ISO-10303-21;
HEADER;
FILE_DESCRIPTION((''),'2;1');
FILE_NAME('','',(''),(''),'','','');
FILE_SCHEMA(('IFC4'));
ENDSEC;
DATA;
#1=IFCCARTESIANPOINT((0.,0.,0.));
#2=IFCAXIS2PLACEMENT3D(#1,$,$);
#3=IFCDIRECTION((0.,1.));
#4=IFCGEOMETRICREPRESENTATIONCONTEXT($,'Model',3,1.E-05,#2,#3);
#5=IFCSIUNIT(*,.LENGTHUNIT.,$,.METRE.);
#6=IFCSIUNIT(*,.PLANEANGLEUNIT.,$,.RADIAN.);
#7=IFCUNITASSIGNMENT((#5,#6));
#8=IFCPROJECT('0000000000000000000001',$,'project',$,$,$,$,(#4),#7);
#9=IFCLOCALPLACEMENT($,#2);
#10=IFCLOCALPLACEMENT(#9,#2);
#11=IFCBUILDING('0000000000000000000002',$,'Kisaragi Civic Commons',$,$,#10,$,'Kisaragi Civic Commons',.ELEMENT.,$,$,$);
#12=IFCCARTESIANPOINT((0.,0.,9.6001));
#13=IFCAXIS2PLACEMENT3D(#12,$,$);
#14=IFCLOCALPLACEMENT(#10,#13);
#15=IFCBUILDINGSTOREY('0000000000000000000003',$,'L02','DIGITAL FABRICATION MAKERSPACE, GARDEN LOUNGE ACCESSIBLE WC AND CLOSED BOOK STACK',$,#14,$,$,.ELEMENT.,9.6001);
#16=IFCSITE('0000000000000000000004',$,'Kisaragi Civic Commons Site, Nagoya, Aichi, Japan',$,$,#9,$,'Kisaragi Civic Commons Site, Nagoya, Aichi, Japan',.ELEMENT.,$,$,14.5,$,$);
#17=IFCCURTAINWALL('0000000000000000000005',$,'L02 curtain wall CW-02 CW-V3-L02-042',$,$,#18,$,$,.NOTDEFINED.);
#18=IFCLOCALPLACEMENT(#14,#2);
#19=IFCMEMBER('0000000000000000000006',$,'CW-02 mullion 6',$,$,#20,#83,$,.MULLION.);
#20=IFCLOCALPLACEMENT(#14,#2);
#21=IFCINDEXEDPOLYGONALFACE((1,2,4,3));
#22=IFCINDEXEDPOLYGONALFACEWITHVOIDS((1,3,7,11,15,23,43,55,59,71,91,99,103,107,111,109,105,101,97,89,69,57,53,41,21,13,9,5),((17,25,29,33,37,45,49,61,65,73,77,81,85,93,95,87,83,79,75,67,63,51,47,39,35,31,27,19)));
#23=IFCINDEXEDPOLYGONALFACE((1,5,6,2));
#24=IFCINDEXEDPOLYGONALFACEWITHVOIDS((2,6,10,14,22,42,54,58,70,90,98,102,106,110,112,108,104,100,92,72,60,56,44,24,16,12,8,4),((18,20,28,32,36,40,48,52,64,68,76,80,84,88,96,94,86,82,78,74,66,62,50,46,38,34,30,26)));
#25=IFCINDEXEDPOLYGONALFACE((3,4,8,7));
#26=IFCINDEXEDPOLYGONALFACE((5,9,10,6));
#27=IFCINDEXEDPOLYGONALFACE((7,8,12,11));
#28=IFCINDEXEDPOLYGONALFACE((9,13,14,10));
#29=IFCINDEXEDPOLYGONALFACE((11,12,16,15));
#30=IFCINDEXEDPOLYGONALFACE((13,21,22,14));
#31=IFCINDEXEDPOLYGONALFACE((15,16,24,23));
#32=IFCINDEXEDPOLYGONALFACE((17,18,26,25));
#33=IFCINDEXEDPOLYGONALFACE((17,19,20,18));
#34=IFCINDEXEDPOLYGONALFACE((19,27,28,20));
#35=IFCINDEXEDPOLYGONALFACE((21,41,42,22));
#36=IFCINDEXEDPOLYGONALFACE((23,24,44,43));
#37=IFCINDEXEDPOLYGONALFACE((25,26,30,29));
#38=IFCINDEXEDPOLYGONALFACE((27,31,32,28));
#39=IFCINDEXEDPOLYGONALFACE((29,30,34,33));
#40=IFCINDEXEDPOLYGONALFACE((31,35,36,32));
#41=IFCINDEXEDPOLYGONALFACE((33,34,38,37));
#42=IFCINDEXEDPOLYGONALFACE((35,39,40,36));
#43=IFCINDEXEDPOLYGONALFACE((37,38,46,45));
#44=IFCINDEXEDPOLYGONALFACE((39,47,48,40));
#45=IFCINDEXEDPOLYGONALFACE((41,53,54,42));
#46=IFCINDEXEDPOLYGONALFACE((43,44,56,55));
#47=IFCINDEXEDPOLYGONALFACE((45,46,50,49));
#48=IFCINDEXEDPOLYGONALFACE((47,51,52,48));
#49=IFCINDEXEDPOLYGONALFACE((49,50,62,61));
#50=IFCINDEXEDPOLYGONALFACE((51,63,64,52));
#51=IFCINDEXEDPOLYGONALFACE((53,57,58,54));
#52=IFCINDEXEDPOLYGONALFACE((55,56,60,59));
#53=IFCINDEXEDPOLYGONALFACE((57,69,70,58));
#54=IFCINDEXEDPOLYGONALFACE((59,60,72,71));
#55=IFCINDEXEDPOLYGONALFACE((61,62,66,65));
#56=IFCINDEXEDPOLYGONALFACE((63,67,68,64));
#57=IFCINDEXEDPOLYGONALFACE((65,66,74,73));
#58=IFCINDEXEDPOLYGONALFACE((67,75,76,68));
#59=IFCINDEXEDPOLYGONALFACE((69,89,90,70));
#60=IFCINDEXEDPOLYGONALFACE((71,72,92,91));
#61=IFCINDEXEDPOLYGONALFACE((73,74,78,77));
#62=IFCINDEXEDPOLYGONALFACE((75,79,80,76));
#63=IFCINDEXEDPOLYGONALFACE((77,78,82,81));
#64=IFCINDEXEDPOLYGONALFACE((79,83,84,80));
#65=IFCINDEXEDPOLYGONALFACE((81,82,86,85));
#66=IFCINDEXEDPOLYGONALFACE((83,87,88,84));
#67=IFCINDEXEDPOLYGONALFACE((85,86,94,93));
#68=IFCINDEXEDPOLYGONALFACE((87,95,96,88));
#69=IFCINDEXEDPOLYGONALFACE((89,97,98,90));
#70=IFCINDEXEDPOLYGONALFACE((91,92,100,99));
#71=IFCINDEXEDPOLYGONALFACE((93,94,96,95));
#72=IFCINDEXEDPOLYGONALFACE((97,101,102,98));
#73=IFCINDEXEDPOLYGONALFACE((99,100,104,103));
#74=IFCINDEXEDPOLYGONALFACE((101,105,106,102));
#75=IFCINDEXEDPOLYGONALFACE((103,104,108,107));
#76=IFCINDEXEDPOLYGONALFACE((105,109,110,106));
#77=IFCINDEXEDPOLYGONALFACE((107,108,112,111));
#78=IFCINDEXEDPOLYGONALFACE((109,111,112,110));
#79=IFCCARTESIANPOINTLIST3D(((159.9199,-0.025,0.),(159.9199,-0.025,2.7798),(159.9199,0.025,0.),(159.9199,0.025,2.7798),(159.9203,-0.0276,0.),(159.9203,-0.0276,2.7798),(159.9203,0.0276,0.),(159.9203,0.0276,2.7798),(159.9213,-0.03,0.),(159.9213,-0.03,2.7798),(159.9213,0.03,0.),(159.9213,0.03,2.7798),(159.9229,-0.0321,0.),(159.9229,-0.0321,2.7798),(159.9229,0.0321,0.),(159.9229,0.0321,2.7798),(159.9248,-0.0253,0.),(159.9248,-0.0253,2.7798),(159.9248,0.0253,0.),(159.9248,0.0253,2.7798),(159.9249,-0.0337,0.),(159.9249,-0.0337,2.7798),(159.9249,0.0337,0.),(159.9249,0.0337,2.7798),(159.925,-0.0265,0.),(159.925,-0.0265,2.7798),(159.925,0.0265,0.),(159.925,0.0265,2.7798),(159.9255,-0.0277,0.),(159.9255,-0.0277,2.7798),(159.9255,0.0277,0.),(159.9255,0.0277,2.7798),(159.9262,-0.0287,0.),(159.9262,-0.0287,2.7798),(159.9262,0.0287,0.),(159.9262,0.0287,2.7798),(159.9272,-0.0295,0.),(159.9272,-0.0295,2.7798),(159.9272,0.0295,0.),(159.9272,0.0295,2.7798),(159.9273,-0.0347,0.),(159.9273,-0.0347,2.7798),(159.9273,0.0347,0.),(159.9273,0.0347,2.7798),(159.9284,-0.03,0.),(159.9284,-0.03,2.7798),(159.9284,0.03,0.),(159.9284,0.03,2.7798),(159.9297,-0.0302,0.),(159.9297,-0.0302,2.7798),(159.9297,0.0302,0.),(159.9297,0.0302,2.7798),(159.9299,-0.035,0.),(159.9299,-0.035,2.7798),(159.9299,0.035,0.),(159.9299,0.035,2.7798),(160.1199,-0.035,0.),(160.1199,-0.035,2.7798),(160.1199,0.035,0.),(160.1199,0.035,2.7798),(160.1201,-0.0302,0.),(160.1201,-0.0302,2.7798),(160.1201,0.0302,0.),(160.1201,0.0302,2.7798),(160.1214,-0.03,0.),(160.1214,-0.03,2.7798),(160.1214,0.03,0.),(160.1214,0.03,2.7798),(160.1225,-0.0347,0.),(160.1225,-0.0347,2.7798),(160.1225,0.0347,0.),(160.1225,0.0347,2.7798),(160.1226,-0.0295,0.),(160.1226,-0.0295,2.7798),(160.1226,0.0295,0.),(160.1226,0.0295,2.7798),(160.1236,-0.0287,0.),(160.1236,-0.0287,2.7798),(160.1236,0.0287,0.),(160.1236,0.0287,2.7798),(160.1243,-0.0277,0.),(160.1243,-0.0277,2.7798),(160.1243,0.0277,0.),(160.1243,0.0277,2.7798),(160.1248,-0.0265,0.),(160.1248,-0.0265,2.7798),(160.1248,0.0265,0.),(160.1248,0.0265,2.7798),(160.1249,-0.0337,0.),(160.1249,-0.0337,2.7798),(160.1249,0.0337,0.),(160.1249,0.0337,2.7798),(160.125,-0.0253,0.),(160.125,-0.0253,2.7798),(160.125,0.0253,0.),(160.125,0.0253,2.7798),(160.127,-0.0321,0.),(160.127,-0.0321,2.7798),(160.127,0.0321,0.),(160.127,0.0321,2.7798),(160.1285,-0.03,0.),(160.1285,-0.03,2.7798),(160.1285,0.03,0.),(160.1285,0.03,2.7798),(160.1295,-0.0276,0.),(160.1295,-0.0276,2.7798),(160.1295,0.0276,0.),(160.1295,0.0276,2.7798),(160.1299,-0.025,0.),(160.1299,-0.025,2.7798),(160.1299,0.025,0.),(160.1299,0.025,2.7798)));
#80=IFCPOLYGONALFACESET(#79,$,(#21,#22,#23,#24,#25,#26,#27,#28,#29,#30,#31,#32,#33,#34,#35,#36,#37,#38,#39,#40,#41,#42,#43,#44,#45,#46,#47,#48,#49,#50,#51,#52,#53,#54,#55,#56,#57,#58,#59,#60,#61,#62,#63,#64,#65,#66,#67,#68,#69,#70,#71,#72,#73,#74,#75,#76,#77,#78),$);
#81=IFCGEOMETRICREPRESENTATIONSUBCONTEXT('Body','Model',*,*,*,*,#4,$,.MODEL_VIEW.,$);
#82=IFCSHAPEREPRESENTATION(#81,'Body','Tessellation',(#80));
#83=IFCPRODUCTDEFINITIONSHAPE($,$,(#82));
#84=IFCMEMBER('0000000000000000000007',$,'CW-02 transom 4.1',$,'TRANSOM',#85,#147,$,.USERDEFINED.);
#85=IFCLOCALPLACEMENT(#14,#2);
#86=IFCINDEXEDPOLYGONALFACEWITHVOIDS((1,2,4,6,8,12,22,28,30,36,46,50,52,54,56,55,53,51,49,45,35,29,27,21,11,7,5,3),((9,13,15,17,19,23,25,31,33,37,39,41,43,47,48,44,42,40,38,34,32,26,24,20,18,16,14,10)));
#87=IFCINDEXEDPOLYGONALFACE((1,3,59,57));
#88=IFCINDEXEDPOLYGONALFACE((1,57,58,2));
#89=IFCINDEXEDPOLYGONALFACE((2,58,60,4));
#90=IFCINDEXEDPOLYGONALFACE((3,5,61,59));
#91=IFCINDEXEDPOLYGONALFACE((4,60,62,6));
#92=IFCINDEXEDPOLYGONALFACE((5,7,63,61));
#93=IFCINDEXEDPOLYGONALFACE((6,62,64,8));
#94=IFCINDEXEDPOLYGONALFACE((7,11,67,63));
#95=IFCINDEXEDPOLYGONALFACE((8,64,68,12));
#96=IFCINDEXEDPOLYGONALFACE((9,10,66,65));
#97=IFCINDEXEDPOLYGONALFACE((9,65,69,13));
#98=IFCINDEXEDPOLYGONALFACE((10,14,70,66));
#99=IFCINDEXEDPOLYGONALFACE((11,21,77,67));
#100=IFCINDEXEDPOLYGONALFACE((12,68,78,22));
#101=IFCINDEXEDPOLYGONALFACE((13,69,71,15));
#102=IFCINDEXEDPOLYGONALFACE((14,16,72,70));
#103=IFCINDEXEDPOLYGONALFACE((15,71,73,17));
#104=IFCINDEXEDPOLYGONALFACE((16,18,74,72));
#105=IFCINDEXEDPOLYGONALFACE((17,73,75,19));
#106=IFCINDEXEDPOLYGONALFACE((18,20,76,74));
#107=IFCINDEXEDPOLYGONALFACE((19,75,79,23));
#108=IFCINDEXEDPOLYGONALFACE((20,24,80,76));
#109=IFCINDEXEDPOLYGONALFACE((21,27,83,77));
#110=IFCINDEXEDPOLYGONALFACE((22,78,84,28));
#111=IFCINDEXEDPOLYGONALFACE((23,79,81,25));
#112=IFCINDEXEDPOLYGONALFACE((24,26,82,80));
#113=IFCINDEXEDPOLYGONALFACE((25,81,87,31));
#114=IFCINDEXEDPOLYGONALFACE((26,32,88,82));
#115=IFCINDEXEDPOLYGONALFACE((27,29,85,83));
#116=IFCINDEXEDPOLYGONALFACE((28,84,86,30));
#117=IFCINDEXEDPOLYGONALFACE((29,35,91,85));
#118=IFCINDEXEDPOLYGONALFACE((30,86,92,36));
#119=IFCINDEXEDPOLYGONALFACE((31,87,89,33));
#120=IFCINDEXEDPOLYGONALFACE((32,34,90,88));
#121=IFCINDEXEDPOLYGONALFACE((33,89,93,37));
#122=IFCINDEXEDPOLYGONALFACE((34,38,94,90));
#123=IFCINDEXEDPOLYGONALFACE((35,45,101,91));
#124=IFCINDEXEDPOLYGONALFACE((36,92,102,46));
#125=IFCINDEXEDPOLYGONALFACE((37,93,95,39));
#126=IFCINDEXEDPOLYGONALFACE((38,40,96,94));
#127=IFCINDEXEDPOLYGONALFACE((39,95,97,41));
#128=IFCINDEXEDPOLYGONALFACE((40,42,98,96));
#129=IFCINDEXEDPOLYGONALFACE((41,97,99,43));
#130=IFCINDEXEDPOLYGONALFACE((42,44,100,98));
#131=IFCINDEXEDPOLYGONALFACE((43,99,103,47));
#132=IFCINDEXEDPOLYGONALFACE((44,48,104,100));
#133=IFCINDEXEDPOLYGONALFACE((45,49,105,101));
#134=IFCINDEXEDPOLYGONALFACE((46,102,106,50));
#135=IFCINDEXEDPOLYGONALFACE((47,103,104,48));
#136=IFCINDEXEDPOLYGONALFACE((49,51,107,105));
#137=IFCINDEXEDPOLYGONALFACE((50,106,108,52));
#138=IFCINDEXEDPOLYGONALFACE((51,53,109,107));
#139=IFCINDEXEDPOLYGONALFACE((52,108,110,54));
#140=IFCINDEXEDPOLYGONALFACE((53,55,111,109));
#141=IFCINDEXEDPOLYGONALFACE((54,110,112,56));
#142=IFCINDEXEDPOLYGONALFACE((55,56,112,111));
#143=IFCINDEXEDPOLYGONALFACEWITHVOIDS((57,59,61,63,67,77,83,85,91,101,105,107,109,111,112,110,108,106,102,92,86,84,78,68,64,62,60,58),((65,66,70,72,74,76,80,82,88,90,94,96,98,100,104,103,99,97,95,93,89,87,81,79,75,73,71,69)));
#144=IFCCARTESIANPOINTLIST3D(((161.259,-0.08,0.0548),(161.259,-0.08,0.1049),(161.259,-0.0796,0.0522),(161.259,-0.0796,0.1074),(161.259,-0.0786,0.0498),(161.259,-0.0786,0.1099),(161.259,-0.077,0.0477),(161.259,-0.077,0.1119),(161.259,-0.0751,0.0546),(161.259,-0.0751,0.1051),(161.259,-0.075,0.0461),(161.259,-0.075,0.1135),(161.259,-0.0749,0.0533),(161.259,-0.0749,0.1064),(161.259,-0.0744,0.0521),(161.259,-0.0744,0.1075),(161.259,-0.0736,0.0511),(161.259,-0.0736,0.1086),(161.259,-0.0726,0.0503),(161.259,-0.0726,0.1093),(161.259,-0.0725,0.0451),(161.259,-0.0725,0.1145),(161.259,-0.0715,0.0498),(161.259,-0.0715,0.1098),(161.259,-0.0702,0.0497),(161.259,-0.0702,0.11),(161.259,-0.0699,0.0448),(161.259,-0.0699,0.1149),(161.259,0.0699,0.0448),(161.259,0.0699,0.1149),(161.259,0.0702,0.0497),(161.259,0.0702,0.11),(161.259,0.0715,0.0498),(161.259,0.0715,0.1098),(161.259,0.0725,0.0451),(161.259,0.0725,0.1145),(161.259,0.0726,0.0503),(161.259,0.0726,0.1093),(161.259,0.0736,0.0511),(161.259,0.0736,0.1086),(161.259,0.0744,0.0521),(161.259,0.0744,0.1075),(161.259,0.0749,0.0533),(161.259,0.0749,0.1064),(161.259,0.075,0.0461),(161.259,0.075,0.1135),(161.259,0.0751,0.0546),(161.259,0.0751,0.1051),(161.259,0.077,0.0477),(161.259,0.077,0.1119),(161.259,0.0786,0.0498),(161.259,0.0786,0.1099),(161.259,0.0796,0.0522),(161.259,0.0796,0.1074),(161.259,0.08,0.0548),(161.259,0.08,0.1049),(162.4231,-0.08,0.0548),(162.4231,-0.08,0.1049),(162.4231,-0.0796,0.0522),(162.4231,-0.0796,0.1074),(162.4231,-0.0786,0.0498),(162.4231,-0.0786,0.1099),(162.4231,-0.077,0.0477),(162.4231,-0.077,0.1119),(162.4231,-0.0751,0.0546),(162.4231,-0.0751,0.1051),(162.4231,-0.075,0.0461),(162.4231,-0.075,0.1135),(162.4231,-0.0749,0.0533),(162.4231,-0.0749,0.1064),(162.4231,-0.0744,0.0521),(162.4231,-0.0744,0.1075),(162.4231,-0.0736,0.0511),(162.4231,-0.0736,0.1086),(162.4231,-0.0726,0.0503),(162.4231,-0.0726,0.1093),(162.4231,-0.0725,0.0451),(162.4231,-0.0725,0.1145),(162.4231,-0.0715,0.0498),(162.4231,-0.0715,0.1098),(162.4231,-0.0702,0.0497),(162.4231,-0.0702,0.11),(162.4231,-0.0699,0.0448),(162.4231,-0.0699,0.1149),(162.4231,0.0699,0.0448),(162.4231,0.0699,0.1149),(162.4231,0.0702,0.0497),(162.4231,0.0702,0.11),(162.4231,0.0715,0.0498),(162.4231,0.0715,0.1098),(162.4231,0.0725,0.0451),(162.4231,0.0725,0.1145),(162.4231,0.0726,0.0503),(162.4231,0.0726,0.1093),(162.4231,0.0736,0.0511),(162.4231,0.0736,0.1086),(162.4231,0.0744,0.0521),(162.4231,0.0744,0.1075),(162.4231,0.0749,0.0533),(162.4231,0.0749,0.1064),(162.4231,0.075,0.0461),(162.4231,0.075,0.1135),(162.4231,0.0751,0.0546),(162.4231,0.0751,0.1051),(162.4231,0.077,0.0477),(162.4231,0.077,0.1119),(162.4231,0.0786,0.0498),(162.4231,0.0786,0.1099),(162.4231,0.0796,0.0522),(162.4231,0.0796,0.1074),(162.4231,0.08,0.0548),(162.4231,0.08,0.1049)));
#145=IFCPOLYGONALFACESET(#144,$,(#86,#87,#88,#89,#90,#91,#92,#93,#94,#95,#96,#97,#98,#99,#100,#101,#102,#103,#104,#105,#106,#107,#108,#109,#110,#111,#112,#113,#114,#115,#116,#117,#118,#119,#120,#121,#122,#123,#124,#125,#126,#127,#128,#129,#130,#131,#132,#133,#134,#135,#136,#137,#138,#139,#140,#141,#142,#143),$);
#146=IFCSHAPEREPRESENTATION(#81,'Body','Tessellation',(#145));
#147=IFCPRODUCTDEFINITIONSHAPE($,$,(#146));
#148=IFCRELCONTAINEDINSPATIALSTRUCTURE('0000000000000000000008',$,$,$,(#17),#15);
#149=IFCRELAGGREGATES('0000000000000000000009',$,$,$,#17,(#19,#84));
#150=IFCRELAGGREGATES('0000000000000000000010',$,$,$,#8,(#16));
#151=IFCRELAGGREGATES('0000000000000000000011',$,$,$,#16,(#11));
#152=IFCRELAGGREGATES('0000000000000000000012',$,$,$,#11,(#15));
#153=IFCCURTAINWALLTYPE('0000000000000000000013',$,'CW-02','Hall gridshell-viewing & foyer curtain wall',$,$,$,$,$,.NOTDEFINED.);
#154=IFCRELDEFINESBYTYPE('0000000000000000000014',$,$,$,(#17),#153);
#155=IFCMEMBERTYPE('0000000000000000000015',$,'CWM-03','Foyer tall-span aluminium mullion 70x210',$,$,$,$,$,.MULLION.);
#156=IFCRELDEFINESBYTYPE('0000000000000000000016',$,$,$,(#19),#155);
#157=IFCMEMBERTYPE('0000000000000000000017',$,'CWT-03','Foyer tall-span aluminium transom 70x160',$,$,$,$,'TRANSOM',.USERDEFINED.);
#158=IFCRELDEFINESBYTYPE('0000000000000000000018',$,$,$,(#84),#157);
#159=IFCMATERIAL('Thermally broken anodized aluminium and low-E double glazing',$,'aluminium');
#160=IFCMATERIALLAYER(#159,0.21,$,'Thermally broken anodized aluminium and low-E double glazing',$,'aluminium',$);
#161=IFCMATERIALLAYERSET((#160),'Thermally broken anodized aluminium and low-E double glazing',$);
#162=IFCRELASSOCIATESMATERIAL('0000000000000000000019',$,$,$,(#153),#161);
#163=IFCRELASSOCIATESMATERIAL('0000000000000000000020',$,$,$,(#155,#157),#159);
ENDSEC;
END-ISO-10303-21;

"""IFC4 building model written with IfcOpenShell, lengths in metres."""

from ifc_helpers import new_model, si_unit, direction, frame, origin, origin_2d, place, context, subcontext, project, spatial, hollow_rectangle, extrude, material, layer, layer_set, material_profile, profile_set, type_object, element, aggregate, save


model = new_model("IFC4")

# Units and contexts
model_context = context("Model", 3, precision=1e-05, world=origin(), true_north=direction((0.0, 1.0)))
body_context = subcontext(model_context, "Body", "Model", "MODEL_VIEW")
ifc_project = project(units=[si_unit("LENGTHUNIT", "METRE"), si_unit("PLANEANGLEUNIT", "RADIAN")], contexts=[model_context])

# Site, building, storey
site_placement = place(None, origin())
site = spatial("IfcSite", under=ifc_project, at=site_placement, Name="Kisaragi Civic Commons Site, Nagoya, Aichi, Japan", LongName="Kisaragi Civic Commons Site, Nagoya, Aichi, Japan", CompositionType="ELEMENT", RefElevation=14.5)
building_placement = place(site_placement, origin())
building = spatial("IfcBuilding", under=site, at=building_placement, Name="Kisaragi Civic Commons", LongName="Kisaragi Civic Commons", CompositionType="ELEMENT")
storey_placement = place(building_placement, frame((0.0, 0.0, 9.6001)))
storey = spatial("IfcBuildingStorey", under=building, at=storey_placement, Name="L02", Description="DIGITAL FABRICATION MAKERSPACE, GARDEN LOUNGE ACCESSIBLE WC AND CLOSED BOOK STACK", CompositionType="ELEMENT", Elevation=9.6001)

# Curtain wall, members
ifc_material_1 = material(Name="Thermally broken anodized aluminium and low-E double glazing", Category="aluminium")
ifc_layer_1 = layer(ifc_material_1, 0.21, Name="Thermally broken anodized aluminium and low-E double glazing", Category="aluminium")
ifc_layer_set_1 = layer_set([ifc_layer_1], Name="Thermally broken anodized aluminium and low-E double glazing")
curtain_wall_type = type_object("IfcCurtainWallType", Name="CW-02", Description="Hall gridshell-viewing & foyer curtain wall", PredefinedType="NOTDEFINED", material=ifc_layer_set_1)
curtain_wall_placement = place(storey_placement, origin())
curtain_wall = element("IfcCurtainWall", 1, at=curtain_wall_placement, inside=storey, type_object=curtain_wall_type, Name="L02 curtain wall CW-02 CW-V3-L02-042", PredefinedType="NOTDEFINED")
ifc_material_profile_1 = material_profile(ifc_material_1, hollow_rectangle(XDim=0.0701, YDim=0.21, WallThickness=0.0049, InnerFilletRadius=0.0049, OuterFilletRadius=0.01, at=origin_2d()), Name="CWM-70x210x5", Category="aluminium")
ifc_profile_set_1 = profile_set([ifc_material_profile_1], Name="Thermally broken anodized aluminium and low-E double glazing")
member_type_1 = type_object("IfcMemberType", Name="CWM-03", Description="Foyer tall-span aluminium mullion 70x210", PredefinedType="MULLION", material=ifc_profile_set_1)
member_1_placement = place(storey_placement, frame((160.0249, 0.0, 0.0), z_axis=(0.0, 0.0, 1.0), x_axis=(0.0, -1.0, 0.0)))
member_1 = element("IfcMember", 2, at=member_1_placement, type_object=member_type_1, Name="CW-02 mullion 6", PredefinedType="MULLION", context=body_context, shape_type="SweptSolid", body=[
    extrude(hollow_rectangle(XDim=0.0701, YDim=0.21, WallThickness=0.0049, InnerFilletRadius=0.0049, OuterFilletRadius=0.01, at=origin_2d()), origin(), (0.0, 0.0, 1.0), 2.7798),
])
ifc_material_profile_2 = material_profile(ifc_material_1, hollow_rectangle(XDim=0.1599, YDim=0.0701, WallThickness=0.0049, InnerFilletRadius=0.0049, OuterFilletRadius=0.01, at=origin_2d()), Name="CWT-70x160x5", Category="aluminium")
ifc_profile_set_2 = profile_set([ifc_material_profile_2], Name="Thermally broken anodized aluminium and low-E double glazing")
member_type_2 = type_object("IfcMemberType", Name="CWT-03", Description="Foyer tall-span aluminium transom 70x160", ElementType="TRANSOM", PredefinedType="USERDEFINED", material=ifc_profile_set_2)
member_2_placement = place(storey_placement, frame((162.4231, 0.0, 0.0798), z_axis=(-1.0, 0.0, 0.0), x_axis=(0.0, -1.0, 0.0)))
member_2 = element("IfcMember", 3, at=member_2_placement, type_object=member_type_2, Name="CW-02 transom 4.1", ObjectType="TRANSOM", PredefinedType="USERDEFINED", context=body_context, shape_type="SweptSolid", body=[
    extrude(hollow_rectangle(XDim=0.1599, YDim=0.0701, WallThickness=0.0049, InnerFilletRadius=0.0049, OuterFilletRadius=0.01, at=origin_2d()), origin(), (0.0, 0.0, 1.0), 1.1641),
])

aggregate(curtain_wall, [member_1, member_2])

save(model, "model.ifc")
